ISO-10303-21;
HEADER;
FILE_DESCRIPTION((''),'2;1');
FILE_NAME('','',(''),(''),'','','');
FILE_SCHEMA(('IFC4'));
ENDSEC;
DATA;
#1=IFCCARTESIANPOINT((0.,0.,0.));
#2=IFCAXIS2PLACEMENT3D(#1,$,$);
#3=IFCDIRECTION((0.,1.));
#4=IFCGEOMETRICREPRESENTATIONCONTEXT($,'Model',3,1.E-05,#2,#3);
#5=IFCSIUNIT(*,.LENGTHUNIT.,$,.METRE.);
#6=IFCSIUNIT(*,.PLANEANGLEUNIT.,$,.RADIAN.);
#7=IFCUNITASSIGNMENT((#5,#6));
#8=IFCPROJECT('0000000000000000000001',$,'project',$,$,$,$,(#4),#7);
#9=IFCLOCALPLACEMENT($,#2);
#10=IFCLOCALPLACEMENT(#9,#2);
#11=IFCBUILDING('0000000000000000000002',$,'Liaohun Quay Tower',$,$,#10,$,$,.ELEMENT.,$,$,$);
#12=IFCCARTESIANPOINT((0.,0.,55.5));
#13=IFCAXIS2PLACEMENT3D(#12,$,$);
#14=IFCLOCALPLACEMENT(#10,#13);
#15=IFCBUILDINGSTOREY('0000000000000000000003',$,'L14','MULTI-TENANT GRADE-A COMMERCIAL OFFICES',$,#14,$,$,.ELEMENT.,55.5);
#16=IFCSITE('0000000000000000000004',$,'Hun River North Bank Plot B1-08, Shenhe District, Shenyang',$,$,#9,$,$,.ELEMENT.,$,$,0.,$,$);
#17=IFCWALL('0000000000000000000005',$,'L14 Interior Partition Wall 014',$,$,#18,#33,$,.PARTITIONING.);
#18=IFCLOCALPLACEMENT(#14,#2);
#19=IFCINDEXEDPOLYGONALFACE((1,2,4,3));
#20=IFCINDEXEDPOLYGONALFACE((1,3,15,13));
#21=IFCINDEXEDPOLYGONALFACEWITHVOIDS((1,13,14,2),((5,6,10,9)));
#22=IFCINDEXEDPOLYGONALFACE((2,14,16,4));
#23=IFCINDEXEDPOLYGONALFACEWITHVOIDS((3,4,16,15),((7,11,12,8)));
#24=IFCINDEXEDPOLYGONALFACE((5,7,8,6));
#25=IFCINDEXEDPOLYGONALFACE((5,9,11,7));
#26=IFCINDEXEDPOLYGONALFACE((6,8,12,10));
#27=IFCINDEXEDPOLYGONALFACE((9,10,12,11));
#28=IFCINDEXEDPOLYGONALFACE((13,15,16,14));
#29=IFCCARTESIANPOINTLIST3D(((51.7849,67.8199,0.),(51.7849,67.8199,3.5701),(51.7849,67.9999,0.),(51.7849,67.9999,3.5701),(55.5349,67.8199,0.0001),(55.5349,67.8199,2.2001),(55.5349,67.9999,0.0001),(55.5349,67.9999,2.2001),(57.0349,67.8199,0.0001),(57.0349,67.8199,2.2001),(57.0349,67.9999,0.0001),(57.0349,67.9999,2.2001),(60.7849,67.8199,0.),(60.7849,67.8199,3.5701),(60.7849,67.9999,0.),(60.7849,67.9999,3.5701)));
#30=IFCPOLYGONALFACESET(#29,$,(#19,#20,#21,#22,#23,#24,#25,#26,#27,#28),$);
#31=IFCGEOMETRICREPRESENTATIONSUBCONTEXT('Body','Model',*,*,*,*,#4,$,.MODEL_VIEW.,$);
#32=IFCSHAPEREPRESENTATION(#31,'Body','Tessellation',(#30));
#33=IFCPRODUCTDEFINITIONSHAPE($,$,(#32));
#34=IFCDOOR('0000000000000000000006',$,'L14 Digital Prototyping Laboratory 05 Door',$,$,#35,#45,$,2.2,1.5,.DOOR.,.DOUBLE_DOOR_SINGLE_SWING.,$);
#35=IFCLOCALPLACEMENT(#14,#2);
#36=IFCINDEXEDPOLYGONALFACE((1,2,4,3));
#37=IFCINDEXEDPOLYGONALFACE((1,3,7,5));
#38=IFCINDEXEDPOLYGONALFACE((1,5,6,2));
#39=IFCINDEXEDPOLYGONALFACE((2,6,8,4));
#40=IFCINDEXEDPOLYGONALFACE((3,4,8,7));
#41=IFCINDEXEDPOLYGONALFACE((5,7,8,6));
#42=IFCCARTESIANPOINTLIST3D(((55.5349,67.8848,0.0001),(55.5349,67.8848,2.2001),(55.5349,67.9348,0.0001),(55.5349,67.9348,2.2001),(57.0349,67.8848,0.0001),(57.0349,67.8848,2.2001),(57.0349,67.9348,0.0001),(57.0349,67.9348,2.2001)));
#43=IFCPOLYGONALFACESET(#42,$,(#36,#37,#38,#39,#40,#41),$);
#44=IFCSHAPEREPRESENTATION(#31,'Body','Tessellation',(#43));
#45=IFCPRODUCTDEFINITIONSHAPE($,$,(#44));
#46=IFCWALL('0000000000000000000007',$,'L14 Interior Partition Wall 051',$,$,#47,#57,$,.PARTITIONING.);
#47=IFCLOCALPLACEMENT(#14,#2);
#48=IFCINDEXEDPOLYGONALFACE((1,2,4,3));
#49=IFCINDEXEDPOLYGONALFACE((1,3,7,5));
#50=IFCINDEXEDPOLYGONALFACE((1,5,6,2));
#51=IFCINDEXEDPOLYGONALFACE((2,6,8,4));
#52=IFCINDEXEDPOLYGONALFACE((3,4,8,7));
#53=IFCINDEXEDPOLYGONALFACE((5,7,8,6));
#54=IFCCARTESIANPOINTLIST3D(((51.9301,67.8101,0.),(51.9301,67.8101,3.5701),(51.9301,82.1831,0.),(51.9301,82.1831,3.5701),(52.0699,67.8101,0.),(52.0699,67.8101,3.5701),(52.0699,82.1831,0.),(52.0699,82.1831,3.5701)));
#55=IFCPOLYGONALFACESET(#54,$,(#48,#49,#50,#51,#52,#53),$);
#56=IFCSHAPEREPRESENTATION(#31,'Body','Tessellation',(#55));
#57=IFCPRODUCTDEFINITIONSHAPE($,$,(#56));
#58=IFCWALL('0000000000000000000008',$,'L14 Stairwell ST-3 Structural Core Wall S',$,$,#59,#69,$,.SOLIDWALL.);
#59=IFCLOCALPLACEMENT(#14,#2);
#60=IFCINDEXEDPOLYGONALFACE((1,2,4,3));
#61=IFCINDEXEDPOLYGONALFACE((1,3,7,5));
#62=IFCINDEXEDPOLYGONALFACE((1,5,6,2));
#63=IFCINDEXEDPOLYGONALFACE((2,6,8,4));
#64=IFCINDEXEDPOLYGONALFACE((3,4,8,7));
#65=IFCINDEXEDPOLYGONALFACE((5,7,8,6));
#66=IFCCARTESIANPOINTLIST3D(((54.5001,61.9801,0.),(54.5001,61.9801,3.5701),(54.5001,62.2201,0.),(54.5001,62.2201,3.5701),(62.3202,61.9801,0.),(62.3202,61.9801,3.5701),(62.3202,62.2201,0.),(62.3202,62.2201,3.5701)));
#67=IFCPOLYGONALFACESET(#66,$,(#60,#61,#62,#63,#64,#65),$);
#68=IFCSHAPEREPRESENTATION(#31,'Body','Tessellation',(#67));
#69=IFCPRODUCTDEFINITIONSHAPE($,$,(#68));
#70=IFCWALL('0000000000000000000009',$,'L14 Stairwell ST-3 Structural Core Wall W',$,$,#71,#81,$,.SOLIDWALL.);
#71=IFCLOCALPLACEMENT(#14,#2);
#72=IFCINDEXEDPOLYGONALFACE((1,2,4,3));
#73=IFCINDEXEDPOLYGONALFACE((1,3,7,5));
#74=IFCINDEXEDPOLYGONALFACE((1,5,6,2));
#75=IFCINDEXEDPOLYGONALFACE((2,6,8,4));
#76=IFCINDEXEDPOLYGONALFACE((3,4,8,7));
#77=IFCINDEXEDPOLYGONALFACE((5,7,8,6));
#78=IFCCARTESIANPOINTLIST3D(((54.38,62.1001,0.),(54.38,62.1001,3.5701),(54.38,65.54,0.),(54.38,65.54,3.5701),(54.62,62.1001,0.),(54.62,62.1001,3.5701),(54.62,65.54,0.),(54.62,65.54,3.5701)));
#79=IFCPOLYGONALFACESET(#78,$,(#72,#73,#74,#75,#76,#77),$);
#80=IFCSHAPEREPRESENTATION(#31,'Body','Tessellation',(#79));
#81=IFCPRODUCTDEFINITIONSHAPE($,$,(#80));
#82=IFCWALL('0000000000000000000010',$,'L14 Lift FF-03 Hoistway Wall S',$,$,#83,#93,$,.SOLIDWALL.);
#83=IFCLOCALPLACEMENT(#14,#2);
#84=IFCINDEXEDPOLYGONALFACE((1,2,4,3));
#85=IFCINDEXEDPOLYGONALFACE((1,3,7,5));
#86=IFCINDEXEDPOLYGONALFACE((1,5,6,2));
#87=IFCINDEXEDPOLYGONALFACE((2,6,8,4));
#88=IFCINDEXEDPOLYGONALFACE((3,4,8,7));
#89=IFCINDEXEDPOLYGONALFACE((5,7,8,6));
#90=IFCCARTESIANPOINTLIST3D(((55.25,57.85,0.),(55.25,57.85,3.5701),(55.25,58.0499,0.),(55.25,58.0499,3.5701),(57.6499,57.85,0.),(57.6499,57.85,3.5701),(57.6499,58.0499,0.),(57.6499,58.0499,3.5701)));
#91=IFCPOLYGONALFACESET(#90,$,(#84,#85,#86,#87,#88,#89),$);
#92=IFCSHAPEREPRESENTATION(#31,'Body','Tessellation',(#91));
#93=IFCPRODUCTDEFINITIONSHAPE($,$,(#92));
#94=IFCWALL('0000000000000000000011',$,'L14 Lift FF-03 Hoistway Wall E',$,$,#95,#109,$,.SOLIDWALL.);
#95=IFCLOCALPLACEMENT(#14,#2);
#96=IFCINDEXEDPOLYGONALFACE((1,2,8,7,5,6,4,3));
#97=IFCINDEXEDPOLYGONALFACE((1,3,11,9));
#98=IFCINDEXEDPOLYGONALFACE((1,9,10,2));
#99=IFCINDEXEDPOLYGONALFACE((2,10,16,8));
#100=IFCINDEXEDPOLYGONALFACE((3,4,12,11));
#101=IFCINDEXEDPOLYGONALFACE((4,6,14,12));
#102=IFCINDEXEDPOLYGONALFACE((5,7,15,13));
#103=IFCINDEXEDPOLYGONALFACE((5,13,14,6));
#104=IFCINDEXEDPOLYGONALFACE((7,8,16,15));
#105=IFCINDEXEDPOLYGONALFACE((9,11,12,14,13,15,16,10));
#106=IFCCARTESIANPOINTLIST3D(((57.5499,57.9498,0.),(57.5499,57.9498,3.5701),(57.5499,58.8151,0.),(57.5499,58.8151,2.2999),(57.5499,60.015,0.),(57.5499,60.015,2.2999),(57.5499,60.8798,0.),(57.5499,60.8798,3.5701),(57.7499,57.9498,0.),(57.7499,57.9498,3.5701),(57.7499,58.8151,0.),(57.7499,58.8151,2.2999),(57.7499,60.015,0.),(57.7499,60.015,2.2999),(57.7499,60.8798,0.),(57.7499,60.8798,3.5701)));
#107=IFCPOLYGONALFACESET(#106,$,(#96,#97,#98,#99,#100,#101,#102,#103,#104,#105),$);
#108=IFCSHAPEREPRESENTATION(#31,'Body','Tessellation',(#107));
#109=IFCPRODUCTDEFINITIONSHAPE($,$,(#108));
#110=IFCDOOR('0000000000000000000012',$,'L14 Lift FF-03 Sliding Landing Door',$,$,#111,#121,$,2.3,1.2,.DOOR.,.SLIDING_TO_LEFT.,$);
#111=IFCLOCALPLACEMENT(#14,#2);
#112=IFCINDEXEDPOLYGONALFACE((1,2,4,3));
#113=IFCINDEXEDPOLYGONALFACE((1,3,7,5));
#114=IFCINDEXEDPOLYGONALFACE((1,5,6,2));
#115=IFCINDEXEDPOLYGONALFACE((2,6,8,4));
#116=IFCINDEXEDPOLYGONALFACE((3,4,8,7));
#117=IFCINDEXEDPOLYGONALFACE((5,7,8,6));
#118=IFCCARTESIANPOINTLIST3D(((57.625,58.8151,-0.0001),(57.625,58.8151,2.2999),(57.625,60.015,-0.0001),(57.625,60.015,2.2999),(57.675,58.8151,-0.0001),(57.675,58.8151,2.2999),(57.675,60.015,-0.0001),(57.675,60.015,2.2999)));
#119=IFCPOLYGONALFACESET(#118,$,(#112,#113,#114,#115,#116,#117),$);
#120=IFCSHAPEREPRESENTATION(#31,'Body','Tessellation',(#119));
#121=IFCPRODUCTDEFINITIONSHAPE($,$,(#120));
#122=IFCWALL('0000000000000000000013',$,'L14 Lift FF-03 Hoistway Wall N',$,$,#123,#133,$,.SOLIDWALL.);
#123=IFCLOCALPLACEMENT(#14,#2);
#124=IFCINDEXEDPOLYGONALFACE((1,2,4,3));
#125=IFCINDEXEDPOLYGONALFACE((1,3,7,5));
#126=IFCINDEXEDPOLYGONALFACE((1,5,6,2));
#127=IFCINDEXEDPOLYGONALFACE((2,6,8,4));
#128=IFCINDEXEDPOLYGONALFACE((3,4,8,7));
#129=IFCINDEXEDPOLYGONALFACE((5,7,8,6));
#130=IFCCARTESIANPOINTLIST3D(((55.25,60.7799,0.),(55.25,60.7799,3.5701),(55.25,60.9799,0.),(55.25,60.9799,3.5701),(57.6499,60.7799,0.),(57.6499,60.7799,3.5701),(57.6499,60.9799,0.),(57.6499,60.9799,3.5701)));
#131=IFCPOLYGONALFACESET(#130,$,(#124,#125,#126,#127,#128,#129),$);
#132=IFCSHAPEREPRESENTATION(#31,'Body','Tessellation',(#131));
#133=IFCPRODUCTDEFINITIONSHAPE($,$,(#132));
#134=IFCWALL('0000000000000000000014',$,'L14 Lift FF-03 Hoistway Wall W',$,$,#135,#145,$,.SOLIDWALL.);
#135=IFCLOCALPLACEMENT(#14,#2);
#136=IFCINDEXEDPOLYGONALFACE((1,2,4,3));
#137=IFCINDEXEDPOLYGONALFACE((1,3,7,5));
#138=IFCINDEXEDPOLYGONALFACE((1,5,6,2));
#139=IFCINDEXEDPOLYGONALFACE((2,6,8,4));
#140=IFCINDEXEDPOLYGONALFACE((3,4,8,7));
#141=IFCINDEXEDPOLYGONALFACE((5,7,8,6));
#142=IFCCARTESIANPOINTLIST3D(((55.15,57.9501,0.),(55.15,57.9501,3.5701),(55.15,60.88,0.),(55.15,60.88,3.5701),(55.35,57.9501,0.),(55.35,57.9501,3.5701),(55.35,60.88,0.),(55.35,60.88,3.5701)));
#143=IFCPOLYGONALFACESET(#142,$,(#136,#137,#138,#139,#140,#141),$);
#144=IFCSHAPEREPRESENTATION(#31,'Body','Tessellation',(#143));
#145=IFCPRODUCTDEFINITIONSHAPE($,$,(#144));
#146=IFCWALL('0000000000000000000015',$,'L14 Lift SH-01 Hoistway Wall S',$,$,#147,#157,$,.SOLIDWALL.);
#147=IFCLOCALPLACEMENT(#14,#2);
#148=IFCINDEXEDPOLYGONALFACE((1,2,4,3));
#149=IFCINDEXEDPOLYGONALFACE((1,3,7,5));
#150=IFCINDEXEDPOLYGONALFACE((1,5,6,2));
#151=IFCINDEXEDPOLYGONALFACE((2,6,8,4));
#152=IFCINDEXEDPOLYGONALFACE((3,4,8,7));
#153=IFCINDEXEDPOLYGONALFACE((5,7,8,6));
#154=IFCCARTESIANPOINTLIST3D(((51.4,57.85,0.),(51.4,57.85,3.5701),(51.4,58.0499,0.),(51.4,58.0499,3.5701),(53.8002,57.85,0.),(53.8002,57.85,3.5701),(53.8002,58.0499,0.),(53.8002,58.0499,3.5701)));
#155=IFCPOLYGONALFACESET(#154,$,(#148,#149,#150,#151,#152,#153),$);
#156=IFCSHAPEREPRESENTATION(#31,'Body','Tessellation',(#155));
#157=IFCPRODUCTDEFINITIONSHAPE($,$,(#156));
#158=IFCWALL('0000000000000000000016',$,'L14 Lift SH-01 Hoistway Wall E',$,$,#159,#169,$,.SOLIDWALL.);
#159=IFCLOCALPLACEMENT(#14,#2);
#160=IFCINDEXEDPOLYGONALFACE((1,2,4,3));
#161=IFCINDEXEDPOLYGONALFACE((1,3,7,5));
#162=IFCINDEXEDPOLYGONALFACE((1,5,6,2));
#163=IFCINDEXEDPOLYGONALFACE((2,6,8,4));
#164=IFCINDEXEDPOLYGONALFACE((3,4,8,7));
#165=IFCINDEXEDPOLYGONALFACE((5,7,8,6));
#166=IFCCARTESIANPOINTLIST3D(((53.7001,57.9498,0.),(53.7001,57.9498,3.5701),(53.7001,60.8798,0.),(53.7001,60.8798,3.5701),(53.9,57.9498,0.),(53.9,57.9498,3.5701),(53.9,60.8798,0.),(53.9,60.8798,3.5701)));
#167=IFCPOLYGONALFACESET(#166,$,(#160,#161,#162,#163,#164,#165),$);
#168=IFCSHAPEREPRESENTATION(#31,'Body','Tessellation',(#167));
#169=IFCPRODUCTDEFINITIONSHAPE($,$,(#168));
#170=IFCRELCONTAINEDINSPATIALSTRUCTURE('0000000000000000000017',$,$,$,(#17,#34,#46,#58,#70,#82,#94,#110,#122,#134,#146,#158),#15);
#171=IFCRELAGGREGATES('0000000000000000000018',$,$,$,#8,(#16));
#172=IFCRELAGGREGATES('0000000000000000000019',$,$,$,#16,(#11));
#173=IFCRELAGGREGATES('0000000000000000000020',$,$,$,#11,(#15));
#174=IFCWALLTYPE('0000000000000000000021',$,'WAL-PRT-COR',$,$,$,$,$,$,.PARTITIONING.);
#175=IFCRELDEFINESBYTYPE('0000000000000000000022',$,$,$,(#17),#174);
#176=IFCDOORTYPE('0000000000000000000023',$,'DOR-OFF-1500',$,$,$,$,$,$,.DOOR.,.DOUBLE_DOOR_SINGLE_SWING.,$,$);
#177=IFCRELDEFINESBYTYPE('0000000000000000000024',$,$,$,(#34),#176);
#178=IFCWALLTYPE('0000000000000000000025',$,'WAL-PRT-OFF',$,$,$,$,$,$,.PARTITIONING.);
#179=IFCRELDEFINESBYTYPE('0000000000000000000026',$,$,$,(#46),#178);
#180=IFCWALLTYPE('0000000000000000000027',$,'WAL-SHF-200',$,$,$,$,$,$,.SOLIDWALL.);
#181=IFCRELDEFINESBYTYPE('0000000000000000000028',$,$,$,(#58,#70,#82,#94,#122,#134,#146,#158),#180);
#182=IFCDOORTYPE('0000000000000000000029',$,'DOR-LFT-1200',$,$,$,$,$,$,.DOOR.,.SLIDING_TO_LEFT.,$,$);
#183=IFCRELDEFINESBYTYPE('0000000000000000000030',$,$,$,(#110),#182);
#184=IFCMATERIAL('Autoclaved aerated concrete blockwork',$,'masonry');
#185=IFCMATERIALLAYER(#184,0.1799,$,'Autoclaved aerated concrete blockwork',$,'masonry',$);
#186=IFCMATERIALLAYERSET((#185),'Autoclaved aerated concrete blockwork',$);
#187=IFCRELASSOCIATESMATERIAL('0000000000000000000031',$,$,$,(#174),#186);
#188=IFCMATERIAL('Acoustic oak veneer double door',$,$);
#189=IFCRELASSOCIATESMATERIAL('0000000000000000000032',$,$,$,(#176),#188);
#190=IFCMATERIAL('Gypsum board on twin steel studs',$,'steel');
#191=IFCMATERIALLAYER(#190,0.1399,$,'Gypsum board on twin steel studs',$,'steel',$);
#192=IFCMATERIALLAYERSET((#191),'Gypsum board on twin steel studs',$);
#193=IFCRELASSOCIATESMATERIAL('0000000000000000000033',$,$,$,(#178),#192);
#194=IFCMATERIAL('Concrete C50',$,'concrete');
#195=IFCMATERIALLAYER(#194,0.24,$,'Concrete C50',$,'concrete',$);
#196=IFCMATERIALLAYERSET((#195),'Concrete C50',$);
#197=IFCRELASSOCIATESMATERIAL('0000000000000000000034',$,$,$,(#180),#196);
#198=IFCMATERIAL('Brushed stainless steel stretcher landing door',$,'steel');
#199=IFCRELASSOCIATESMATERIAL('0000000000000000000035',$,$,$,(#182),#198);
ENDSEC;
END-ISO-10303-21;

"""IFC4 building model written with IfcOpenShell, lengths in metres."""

from ifc_helpers import new_model, si_unit, direction, frame, frame_2d, origin, place, context, subcontext, project, spatial, rectangle, extrude, source, transform, mapped, material, layer, layer_set, type_object, element, fill, save


model = new_model("IFC4")

# Units and contexts
model_context = context("Model", 3, precision=1e-05, world=origin(), true_north=direction((0.0, 1.0)))
body_context = subcontext(model_context, "Body", "Model", "MODEL_VIEW")
ifc_project = project(units=[si_unit("LENGTHUNIT", "METRE"), si_unit("PLANEANGLEUNIT", "RADIAN")], contexts=[model_context])

# Site, building, storey
site_placement = place(None, origin())
site = spatial("IfcSite", under=ifc_project, at=site_placement, Name="Hun River North Bank Plot B1-08, Shenhe District, Shenyang", CompositionType="ELEMENT", RefElevation=0.0)
building_placement = place(site_placement, origin())
building = spatial("IfcBuilding", under=site, at=building_placement, Name="Liaohun Quay Tower", CompositionType="ELEMENT")
storey_placement = place(building_placement, frame((0.0, 0.0, 55.5)))
storey = spatial("IfcBuildingStorey", under=building, at=storey_placement, Name="L14", Description="MULTI-TENANT GRADE-A COMMERCIAL OFFICES", CompositionType="ELEMENT", Elevation=55.5)

# Wall, opening, door
ifc_material_1 = material(Name="Autoclaved aerated concrete blockwork", Category="masonry")
ifc_layer_1 = layer(ifc_material_1, 0.1799, Name="Autoclaved aerated concrete blockwork", Category="masonry")
ifc_layer_set_1 = layer_set([ifc_layer_1], Name="Autoclaved aerated concrete blockwork")
wall_type_1 = type_object("IfcWallType", Name="WAL-PRT-COR", PredefinedType="PARTITIONING", material=ifc_layer_set_1)
wall_1_placement = place(storey_placement, frame((51.7849, 67.9099, 0.0), z_axis=(0.0, 0.0, 1.0), x_axis=(1.0, 0.0, 0.0)))
wall_1 = element("IfcWall", 1, at=wall_1_placement, inside=storey, type_object=wall_type_1, Name="L14 Interior Partition Wall 014", PredefinedType="PARTITIONING", context=body_context, shape_type="SweptSolid", body=[
    extrude(rectangle(XDim=9.0, YDim=0.1799, at=frame_2d((4.5, 0.0))), origin(), (0.0, 0.0, 1.0), 3.5701),
])
shared_shape_1 = source(origin(), body_context, "Body", "SweptSolid", [
    extrude(rectangle(XDim=1.5, YDim=2.2, at=frame_2d((0.75, 1.1001))), frame((0.0, 0.0999, 0.0), z_axis=(0.0, -1.0, 0.0), x_axis=(1.0, 0.0, 0.0)), (0.0, 0.0, 1.0), 0.2),
])
opening_1_placement = place(wall_1_placement, frame((3.75, 0.0, 0.0)))
opening_1 = element("IfcOpeningElement", 2, at=opening_1_placement, cuts=wall_1, PredefinedType="OPENING", context=body_context, shape_type="MappedRepresentation", body=[
    mapped(shared_shape_1, transform((0.0, 0.0, 0.0), x_axis=(1.0, 0.0, 0.0), y_axis=(0.0, 1.0, 0.0), z_axis=(0.0, 0.0, 1.0), scale=1.0)),
])
ifc_material_2 = material(Name="Acoustic oak veneer double door")
door_type_1 = type_object("IfcDoorType", Name="DOR-OFF-1500", OperationType="DOUBLE_DOOR_SINGLE_SWING", PredefinedType="DOOR", material=ifc_material_2)
shared_shape_2 = source(origin(), body_context, "Body", "SweptSolid", [
    extrude(rectangle(XDim=1.5, YDim=2.2, at=frame_2d((0.75, 1.1001))), frame((0.0, 0.0249, 0.0), z_axis=(0.0, -1.0, 0.0), x_axis=(1.0, 0.0, 0.0)), (0.0, 0.0, 1.0), 0.05),
])
door_1_placement = place(opening_1_placement, origin())
door_1 = element("IfcDoor", 3, at=door_1_placement, inside=storey, type_object=door_type_1, Name="L14 Digital Prototyping Laboratory 05 Door", OperationType="DOUBLE_DOOR_SINGLE_SWING", OverallHeight=2.2, OverallWidth=1.5, PredefinedType="DOOR", context=body_context, shape_type="MappedRepresentation", body=[
    mapped(shared_shape_2, transform((0.0, 0.0, 0.0), x_axis=(1.0, 0.0, 0.0), y_axis=(0.0, 1.0, 0.0), z_axis=(0.0, 0.0, 1.0), scale=1.0)),
])
fill(opening_1, door_1)

# Walls
ifc_material_3 = material(Name="Gypsum board on twin steel studs", Category="steel")
ifc_layer_2 = layer(ifc_material_3, 0.1399, Name="Gypsum board on twin steel studs", Category="steel")
ifc_layer_set_2 = layer_set([ifc_layer_2], Name="Gypsum board on twin steel studs")
wall_type_2 = type_object("IfcWallType", Name="WAL-PRT-OFF", PredefinedType="PARTITIONING", material=ifc_layer_set_2)
wall_2_placement = place(storey_placement, frame((52.0, 67.8101, 0.0), z_axis=(0.0, 0.0, 1.0), x_axis=(0.0, 1.0, 0.0)))
element("IfcWall", 4, at=wall_2_placement, inside=storey, type_object=wall_type_2, Name="L14 Interior Partition Wall 051", PredefinedType="PARTITIONING", context=body_context, shape_type="SweptSolid", body=[
    extrude(rectangle(XDim=14.373, YDim=0.1399, at=frame_2d((7.1865, 0.0))), origin(), (0.0, 0.0, 1.0), 3.5701),
])
ifc_material_4 = material(Name="Concrete C50", Category="concrete")
ifc_layer_3 = layer(ifc_material_4, 0.24, Name="Concrete C50", Category="concrete")
ifc_layer_set_3 = layer_set([ifc_layer_3], Name="Concrete C50")
wall_type_3 = type_object("IfcWallType", Name="WAL-SHF-200", PredefinedType="SOLIDWALL", material=ifc_layer_set_3)
wall_3_placement = place(storey_placement, frame((54.5, 62.1001, 0.0), z_axis=(0.0, 0.0, 1.0), x_axis=(1.0, 0.0, 0.0)))
element("IfcWall", 5, at=wall_3_placement, inside=storey, type_object=wall_type_3, Name="L14 Stairwell ST-3 Structural Core Wall S", PredefinedType="SOLIDWALL", context=body_context, shape_type="SweptSolid", body=[
    extrude(rectangle(XDim=7.8201, YDim=0.24, at=frame_2d((3.9102, 0.0))), origin(), (0.0, 0.0, 1.0), 3.5701),
])
wall_4_placement = place(storey_placement, frame((54.5, 65.54, 0.0), z_axis=(0.0, 0.0, 1.0), x_axis=(0.0, -1.0, 0.0)))
element("IfcWall", 6, at=wall_4_placement, inside=storey, type_object=wall_type_3, Name="L14 Stairwell ST-3 Structural Core Wall W", PredefinedType="SOLIDWALL", context=body_context, shape_type="SweptSolid", body=[
    extrude(rectangle(XDim=3.4399, YDim=0.24, at=frame_2d((1.72, 0.0))), origin(), (0.0, 0.0, 1.0), 3.5701),
])
wall_5_placement = place(storey_placement, frame((55.25, 57.95, 0.0), z_axis=(0.0, 0.0, 1.0), x_axis=(1.0, 0.0, 0.0)))
element("IfcWall", 7, at=wall_5_placement, inside=storey, type_object=wall_type_3, Name="L14 Lift FF-03 Hoistway Wall S", PredefinedType="SOLIDWALL", context=body_context, shape_type="SweptSolid", body=[
    extrude(rectangle(XDim=2.3999, YDim=0.2, at=frame_2d((1.2, 0.0))), origin(), (0.0, 0.0, 1.0), 3.5701),
])

# Wall, opening, door
wall_6_placement = place(storey_placement, frame((57.6499, 57.95, 0.0), z_axis=(0.0, 0.0, 1.0), x_axis=(0.0, 1.0, 0.0)))
wall_6 = element("IfcWall", 8, at=wall_6_placement, inside=storey, type_object=wall_type_3, Name="L14 Lift FF-03 Hoistway Wall E", PredefinedType="SOLIDWALL", context=body_context, shape_type="SweptSolid", body=[
    extrude(rectangle(XDim=2.9299, YDim=0.2, at=frame_2d((1.4648, 0.0))), origin(), (0.0, 0.0, 1.0), 3.5701),
])
shared_shape_3 = source(origin(), body_context, "Body", "SweptSolid", [
    extrude(rectangle(XDim=1.2, YDim=2.3, at=frame_2d((0.6001, 1.1499))), frame((0.0, 0.1099, 0.0), z_axis=(0.0, -1.0, 0.0), x_axis=(1.0, 0.0, 0.0)), (0.0, 0.0, 1.0), 0.22),
])
opening_2_placement = place(wall_6_placement, frame((0.865, 0.0, 0.0)))
opening_2 = element("IfcOpeningElement", 9, at=opening_2_placement, cuts=wall_6, PredefinedType="OPENING", context=body_context, shape_type="MappedRepresentation", body=[
    mapped(shared_shape_3, transform((0.0, 0.0, 0.0), x_axis=(1.0, 0.0, 0.0), y_axis=(0.0, 1.0, 0.0), z_axis=(0.0, 0.0, 1.0), scale=1.0)),
])
ifc_material_5 = material(Name="Brushed stainless steel stretcher landing door", Category="steel")
door_type_2 = type_object("IfcDoorType", Name="DOR-LFT-1200", OperationType="SLIDING_TO_LEFT", PredefinedType="DOOR", material=ifc_material_5)
shared_shape_4 = source(origin(), body_context, "Body", "SweptSolid", [
    extrude(rectangle(XDim=1.2, YDim=2.3, at=frame_2d((0.6001, 1.1499))), frame((0.0, 0.0249, 0.0), z_axis=(0.0, -1.0, 0.0), x_axis=(1.0, 0.0, 0.0)), (0.0, 0.0, 1.0), 0.05),
])
door_2_placement = place(opening_2_placement, origin())
door_2 = element("IfcDoor", 10, at=door_2_placement, inside=storey, type_object=door_type_2, Name="L14 Lift FF-03 Sliding Landing Door", OperationType="SLIDING_TO_LEFT", OverallHeight=2.3, OverallWidth=1.2, PredefinedType="DOOR", context=body_context, shape_type="MappedRepresentation", body=[
    mapped(shared_shape_4, transform((0.0, 0.0, 0.0), x_axis=(1.0, 0.0, 0.0), y_axis=(0.0, 1.0, 0.0), z_axis=(0.0, 0.0, 1.0), scale=1.0)),
])
fill(opening_2, door_2)

# Walls
wall_7_placement = place(storey_placement, frame((57.6499, 60.8799, 0.0), z_axis=(0.0, 0.0, 1.0), x_axis=(-1.0, 0.0, 0.0)))
element("IfcWall", 11, at=wall_7_placement, inside=storey, type_object=wall_type_3, Name="L14 Lift FF-03 Hoistway Wall N", PredefinedType="SOLIDWALL", context=body_context, shape_type="SweptSolid", body=[
    extrude(rectangle(XDim=2.3999, YDim=0.2, at=frame_2d((1.2, 0.0))), origin(), (0.0, 0.0, 1.0), 3.5701),
])
wall_8_placement = place(storey_placement, frame((55.25, 60.8799, 0.0), z_axis=(0.0, 0.0, 1.0), x_axis=(0.0, -1.0, 0.0)))
element("IfcWall", 12, at=wall_8_placement, inside=storey, type_object=wall_type_3, Name="L14 Lift FF-03 Hoistway Wall W", PredefinedType="SOLIDWALL", context=body_context, shape_type="SweptSolid", body=[
    extrude(rectangle(XDim=2.9299, YDim=0.2, at=frame_2d((1.4648, 0.0))), origin(), (0.0, 0.0, 1.0), 3.5701),
])
wall_9_placement = place(storey_placement, frame((51.3999, 57.95, 0.0), z_axis=(0.0, 0.0, 1.0), x_axis=(1.0, 0.0, 0.0)))
element("IfcWall", 13, at=wall_9_placement, inside=storey, type_object=wall_type_3, Name="L14 Lift SH-01 Hoistway Wall S", PredefinedType="SOLIDWALL", context=body_context, shape_type="SweptSolid", body=[
    extrude(rectangle(XDim=2.4001, YDim=0.2, at=frame_2d((1.2002, 0.0))), origin(), (0.0, 0.0, 1.0), 3.5701),
])
wall_10_placement = place(storey_placement, frame((53.8, 57.95, 0.0), z_axis=(0.0, 0.0, 1.0), x_axis=(0.0, 1.0, 0.0)))
element("IfcWall", 14, at=wall_10_placement, inside=storey, type_object=wall_type_3, Name="L14 Lift SH-01 Hoistway Wall E", PredefinedType="SOLIDWALL", context=body_context, shape_type="SweptSolid", body=[
    extrude(rectangle(XDim=2.9299, YDim=0.2, at=frame_2d((1.4648, 0.0))), origin(), (0.0, 0.0, 1.0), 3.5701),
])

save(model, "model.ifc")
